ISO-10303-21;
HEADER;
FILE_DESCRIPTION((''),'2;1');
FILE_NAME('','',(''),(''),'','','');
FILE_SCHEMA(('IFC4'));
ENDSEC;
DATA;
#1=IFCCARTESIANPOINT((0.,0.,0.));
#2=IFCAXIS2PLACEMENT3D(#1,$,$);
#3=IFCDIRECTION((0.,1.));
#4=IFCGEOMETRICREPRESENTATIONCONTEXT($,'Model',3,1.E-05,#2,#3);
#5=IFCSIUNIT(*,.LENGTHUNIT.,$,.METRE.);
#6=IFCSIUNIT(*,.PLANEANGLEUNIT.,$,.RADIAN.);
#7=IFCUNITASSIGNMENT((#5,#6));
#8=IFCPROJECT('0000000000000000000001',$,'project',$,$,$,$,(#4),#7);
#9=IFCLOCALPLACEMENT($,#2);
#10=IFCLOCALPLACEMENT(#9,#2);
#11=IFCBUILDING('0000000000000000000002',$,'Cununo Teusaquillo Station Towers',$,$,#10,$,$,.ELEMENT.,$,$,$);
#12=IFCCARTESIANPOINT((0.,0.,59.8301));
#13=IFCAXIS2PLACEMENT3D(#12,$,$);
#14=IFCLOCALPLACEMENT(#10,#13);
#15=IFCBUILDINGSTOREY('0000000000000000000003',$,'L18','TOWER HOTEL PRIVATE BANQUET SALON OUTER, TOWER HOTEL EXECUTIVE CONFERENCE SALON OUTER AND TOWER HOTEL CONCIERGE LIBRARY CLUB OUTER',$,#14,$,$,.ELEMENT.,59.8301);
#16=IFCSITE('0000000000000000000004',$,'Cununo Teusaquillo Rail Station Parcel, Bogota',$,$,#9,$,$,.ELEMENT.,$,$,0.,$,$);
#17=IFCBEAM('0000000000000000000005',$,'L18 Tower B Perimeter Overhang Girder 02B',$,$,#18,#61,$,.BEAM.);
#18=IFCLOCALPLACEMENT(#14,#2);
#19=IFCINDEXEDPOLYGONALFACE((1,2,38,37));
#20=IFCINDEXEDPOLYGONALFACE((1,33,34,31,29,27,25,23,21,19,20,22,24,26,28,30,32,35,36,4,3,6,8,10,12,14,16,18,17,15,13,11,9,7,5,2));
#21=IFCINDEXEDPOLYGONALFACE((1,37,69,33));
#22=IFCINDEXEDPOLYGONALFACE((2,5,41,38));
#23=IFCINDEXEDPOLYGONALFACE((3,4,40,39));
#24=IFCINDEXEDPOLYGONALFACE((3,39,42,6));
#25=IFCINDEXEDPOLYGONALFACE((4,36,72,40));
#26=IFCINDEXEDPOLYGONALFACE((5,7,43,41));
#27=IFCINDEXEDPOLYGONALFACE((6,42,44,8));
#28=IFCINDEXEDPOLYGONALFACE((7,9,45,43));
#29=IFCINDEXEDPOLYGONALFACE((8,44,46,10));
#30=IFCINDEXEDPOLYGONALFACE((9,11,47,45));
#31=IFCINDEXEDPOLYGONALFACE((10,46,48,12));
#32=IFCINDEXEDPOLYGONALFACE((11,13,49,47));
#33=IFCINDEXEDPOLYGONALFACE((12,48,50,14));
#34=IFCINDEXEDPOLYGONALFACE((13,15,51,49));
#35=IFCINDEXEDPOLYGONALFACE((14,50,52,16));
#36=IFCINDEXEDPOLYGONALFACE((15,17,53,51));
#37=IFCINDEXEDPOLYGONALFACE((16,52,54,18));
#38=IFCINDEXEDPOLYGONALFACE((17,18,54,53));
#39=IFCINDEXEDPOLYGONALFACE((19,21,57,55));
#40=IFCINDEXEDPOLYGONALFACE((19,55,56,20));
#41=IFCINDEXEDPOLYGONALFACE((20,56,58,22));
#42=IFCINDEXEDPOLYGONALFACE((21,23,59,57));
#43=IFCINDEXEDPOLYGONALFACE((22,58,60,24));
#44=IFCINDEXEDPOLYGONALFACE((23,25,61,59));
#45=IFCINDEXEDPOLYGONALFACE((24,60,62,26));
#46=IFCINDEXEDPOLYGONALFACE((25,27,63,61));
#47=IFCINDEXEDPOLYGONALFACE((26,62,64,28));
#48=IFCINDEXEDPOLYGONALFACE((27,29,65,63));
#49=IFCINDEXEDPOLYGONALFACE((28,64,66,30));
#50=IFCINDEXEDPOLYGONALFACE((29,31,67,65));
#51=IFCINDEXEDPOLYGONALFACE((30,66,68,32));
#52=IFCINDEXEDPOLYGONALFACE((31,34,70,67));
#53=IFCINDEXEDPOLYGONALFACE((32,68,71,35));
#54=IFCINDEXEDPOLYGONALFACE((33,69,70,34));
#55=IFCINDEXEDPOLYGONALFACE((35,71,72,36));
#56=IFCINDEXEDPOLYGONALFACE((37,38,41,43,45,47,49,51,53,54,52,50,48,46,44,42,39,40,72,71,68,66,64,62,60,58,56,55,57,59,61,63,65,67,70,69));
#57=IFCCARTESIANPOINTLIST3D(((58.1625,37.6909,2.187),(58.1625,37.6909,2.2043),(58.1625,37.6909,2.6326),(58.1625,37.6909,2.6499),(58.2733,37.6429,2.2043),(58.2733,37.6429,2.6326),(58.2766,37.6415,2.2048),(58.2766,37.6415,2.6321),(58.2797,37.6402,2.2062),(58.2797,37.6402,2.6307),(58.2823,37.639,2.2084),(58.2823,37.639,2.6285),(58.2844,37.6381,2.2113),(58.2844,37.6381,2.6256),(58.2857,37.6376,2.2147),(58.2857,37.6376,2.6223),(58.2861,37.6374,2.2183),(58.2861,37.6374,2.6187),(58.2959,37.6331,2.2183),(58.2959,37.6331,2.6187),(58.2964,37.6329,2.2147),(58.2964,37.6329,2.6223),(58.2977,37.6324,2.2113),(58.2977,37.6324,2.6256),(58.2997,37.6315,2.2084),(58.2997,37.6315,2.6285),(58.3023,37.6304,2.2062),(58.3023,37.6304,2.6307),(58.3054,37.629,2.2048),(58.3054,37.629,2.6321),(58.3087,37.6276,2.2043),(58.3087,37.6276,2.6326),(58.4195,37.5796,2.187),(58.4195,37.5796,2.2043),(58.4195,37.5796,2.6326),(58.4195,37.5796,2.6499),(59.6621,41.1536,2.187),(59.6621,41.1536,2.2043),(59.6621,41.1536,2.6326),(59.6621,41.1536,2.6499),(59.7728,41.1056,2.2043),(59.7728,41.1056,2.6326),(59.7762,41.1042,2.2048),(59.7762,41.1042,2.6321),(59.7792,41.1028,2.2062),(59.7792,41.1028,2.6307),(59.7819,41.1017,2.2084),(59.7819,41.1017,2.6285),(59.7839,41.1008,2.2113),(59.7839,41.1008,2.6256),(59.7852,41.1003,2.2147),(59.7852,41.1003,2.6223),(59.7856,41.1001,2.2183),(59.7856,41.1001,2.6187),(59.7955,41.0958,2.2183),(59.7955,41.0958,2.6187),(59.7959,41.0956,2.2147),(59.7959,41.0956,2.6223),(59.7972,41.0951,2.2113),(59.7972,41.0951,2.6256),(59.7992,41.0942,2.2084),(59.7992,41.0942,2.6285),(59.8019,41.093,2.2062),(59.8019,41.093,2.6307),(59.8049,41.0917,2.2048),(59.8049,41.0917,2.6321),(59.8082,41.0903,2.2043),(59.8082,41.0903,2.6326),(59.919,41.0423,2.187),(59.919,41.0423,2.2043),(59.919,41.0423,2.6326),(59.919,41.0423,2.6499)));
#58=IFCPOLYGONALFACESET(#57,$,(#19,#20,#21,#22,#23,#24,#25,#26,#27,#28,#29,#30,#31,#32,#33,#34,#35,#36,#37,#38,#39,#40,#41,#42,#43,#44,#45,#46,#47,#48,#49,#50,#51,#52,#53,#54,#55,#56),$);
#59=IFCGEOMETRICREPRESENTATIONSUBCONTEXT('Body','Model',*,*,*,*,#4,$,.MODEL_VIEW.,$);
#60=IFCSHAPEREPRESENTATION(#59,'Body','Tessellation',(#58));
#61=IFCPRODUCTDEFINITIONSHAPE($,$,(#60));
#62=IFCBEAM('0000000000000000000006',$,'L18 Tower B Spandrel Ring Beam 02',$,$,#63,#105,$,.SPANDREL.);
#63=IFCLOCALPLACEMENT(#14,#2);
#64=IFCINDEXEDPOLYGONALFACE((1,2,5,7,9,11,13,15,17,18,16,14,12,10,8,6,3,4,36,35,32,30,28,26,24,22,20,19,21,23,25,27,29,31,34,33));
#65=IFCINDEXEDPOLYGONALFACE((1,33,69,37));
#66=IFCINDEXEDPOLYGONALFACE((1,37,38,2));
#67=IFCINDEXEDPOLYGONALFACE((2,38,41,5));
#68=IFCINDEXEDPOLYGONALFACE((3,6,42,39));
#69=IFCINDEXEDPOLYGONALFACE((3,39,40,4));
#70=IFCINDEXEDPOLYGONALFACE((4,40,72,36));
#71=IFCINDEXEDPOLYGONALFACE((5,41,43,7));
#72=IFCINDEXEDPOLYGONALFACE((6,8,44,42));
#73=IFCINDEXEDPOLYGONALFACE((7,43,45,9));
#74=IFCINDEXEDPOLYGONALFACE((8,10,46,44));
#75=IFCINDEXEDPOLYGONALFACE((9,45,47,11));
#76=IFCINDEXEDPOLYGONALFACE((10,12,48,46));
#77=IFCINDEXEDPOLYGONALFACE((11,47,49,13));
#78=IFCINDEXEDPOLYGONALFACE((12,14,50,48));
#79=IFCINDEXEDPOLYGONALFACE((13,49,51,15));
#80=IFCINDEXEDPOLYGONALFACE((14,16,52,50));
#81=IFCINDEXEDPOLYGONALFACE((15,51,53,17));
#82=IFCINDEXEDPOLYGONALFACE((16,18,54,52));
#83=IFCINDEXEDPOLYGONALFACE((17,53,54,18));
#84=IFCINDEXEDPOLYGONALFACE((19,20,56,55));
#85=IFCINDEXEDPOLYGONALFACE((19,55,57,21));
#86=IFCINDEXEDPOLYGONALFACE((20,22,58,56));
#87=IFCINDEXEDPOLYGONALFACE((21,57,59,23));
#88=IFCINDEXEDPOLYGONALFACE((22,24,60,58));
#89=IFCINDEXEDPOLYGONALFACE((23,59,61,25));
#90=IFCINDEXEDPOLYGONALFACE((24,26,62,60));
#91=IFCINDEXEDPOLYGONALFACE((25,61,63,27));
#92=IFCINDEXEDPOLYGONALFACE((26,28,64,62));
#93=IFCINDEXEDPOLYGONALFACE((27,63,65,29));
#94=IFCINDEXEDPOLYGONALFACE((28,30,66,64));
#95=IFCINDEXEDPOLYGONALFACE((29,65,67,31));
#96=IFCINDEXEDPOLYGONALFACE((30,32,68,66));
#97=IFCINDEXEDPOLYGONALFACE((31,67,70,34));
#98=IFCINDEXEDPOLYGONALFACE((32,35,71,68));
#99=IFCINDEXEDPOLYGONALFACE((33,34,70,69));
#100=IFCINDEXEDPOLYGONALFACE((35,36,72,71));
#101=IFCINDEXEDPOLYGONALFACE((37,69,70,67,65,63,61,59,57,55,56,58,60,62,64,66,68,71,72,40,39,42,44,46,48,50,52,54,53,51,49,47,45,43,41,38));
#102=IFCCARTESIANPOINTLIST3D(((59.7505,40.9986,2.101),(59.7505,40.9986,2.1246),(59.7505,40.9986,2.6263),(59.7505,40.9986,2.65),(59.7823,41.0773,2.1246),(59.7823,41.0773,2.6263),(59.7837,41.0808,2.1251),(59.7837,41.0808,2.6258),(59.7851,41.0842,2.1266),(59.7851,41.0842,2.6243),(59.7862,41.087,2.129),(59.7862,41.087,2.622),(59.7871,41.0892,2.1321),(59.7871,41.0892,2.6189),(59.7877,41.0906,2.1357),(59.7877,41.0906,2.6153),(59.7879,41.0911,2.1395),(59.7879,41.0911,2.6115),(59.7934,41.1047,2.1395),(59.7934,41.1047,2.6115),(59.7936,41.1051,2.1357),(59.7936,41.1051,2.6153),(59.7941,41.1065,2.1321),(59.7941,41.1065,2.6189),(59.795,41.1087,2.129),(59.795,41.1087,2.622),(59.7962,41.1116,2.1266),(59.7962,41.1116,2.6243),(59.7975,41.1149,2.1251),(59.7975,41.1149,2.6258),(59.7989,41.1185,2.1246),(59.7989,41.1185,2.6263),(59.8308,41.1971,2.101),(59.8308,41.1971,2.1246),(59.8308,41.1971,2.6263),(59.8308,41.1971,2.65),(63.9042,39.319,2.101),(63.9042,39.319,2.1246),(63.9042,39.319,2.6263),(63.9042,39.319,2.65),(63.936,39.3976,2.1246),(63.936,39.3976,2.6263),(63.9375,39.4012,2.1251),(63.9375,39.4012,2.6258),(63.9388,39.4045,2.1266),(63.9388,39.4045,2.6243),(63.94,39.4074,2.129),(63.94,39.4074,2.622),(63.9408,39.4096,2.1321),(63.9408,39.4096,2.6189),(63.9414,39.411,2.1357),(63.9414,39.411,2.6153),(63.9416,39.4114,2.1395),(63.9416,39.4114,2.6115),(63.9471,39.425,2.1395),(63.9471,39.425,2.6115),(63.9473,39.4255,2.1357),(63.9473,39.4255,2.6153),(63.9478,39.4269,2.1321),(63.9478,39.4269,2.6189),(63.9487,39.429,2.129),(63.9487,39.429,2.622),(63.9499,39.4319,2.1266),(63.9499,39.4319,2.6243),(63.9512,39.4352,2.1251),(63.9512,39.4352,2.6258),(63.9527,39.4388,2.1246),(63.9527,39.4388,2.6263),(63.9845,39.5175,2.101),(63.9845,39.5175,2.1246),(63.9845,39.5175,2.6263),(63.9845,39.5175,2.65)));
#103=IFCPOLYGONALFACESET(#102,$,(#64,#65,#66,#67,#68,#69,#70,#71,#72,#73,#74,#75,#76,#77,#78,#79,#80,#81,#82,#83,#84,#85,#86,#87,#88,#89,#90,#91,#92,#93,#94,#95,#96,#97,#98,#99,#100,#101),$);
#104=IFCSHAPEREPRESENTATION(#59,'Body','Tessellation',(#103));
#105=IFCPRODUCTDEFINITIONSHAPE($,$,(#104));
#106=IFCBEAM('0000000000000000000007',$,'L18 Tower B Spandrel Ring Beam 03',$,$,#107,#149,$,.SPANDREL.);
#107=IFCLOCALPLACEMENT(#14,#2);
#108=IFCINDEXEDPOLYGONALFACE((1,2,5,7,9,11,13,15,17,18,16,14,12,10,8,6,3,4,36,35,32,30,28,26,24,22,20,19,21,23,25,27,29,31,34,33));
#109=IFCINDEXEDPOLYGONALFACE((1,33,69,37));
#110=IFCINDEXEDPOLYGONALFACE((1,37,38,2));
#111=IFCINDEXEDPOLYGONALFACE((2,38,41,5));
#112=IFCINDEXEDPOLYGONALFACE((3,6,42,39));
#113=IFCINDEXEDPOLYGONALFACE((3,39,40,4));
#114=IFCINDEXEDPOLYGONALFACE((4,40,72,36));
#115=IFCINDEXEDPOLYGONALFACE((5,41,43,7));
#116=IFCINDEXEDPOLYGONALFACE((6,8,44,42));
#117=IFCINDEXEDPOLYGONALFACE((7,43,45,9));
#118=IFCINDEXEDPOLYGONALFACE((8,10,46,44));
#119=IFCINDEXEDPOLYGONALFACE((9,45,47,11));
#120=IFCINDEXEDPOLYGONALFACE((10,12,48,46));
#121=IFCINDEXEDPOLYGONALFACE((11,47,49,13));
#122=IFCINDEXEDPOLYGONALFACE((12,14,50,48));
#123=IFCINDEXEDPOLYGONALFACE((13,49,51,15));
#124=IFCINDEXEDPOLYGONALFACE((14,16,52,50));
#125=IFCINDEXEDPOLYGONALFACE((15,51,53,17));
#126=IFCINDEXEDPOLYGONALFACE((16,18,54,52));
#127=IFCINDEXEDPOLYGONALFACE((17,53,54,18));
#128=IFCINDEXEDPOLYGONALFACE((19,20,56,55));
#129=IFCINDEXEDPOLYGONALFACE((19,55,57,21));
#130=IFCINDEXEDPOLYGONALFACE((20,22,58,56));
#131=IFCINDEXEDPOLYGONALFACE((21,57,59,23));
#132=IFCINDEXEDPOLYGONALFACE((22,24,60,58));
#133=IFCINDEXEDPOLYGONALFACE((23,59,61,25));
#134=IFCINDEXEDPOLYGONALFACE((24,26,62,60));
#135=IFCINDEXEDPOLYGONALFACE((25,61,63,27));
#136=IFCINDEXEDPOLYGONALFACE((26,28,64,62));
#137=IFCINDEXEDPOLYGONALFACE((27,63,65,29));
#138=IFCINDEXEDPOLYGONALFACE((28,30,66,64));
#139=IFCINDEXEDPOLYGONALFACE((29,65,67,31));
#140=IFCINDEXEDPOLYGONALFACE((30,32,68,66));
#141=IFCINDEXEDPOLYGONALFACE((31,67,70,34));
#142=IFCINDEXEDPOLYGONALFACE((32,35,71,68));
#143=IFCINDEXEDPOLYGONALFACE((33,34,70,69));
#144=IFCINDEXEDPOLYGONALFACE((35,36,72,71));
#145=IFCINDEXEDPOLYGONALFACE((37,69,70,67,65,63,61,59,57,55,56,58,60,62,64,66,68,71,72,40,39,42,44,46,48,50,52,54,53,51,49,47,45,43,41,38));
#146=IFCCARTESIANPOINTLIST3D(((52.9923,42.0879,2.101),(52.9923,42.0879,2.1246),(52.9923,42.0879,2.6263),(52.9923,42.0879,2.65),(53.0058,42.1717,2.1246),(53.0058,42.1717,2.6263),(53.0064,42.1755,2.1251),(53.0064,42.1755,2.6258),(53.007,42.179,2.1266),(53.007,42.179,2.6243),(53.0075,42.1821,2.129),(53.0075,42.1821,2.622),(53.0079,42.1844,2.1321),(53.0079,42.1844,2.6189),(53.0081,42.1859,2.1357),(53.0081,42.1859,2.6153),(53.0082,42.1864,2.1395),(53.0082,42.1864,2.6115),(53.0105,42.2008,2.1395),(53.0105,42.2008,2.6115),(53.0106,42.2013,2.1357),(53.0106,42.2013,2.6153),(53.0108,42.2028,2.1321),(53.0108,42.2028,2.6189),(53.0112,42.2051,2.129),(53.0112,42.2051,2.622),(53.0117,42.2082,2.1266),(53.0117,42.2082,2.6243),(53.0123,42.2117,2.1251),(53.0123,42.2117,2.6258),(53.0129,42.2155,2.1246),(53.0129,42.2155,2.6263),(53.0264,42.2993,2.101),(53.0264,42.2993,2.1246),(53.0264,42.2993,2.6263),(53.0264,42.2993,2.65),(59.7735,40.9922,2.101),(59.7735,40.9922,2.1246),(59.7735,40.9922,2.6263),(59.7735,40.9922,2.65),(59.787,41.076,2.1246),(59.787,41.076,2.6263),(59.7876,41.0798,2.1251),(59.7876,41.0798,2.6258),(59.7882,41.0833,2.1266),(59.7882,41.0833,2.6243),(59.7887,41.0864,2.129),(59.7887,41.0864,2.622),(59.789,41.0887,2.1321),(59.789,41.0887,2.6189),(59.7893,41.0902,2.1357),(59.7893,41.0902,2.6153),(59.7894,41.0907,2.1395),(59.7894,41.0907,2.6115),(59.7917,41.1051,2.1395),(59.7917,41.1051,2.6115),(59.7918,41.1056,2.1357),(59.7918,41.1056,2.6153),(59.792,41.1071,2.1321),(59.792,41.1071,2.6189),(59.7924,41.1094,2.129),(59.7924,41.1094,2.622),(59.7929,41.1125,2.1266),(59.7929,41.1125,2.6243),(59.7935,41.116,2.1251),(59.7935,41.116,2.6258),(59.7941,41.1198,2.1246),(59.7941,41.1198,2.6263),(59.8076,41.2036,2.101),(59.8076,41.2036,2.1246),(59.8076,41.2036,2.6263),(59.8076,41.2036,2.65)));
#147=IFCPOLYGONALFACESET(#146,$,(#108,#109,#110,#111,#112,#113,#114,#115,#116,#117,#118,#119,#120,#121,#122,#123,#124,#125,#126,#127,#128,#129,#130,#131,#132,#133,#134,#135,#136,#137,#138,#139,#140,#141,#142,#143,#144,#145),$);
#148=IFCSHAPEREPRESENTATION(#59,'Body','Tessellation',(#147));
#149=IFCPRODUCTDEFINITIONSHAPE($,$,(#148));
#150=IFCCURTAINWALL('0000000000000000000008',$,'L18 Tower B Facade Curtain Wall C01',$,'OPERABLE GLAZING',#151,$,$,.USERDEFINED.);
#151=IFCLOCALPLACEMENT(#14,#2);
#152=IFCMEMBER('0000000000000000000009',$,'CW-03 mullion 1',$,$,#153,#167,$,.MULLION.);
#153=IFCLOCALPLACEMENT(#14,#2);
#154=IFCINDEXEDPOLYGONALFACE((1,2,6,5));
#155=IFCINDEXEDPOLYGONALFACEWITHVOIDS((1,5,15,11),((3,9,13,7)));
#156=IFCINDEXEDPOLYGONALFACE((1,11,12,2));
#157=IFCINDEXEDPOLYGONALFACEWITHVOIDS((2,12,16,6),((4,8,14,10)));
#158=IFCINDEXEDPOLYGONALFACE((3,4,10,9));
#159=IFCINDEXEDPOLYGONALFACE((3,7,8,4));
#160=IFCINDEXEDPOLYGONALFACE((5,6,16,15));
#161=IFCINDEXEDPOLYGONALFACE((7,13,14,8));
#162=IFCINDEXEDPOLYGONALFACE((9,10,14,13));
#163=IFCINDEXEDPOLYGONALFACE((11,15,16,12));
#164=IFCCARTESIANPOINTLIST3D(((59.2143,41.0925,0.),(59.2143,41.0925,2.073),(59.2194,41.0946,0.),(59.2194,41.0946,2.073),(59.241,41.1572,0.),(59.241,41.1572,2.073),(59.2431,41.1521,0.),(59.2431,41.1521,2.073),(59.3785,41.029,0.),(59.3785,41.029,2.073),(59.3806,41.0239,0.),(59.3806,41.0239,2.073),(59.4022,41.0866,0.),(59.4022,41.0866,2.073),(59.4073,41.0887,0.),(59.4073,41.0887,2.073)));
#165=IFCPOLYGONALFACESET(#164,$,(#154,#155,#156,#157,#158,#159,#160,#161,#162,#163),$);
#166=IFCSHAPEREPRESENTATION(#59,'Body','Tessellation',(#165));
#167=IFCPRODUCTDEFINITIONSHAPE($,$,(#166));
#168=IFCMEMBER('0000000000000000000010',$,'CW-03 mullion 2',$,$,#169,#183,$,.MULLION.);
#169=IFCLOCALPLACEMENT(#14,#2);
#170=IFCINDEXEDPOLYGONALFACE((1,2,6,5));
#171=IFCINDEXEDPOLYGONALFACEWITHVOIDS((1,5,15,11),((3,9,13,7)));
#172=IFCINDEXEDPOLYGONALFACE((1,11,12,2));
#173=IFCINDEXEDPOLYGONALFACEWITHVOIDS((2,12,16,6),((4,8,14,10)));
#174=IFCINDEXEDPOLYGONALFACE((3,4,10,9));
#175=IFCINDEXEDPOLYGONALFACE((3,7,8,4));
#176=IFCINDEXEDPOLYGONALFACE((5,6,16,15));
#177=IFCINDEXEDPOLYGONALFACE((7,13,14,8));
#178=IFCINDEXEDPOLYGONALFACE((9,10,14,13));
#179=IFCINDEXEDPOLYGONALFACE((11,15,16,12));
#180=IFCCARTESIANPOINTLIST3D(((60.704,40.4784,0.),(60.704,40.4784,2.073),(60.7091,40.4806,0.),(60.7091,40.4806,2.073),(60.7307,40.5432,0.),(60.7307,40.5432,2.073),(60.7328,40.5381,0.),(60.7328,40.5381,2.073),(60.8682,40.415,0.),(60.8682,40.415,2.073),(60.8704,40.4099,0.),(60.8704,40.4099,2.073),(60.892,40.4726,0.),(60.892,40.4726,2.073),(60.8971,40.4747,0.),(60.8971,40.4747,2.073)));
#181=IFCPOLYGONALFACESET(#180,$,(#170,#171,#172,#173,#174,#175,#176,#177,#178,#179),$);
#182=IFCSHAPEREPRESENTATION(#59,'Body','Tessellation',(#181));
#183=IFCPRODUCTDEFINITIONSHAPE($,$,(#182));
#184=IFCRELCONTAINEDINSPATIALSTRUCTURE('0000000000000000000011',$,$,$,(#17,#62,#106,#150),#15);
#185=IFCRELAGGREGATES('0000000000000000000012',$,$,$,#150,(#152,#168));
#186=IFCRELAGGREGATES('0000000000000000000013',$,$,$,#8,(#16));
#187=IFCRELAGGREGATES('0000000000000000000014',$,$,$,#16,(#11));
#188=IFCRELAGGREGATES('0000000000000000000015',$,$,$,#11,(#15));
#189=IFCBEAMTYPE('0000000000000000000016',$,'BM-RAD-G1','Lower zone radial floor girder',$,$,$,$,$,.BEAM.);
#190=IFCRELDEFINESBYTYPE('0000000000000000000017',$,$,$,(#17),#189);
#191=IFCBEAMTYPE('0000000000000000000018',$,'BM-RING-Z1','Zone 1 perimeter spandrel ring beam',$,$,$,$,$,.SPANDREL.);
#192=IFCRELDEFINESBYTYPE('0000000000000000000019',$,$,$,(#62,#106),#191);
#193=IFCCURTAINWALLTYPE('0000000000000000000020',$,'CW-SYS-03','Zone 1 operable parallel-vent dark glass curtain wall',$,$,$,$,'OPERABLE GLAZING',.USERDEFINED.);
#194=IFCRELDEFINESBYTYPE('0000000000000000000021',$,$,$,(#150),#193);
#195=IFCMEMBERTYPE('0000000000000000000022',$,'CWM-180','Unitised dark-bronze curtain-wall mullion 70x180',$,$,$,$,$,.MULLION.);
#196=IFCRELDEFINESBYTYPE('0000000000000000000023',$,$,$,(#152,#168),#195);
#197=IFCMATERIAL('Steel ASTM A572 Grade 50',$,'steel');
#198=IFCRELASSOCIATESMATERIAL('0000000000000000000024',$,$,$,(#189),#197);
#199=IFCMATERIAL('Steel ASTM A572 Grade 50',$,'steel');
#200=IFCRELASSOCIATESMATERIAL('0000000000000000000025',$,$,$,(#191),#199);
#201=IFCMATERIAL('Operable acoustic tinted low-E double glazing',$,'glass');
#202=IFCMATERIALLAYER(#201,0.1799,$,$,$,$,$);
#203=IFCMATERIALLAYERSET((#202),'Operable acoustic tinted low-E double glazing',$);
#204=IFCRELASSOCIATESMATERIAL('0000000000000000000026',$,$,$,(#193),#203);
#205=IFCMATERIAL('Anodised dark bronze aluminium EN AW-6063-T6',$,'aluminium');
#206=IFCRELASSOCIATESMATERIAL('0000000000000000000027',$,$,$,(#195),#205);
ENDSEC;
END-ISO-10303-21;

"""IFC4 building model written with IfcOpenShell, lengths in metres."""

from ifc_helpers import new_model, si_unit, direction, frame, origin, origin_2d, place, context, subcontext, project, spatial, hollow_rectangle, i_section, extrude, material, layer, layer_set, material_profile, profile_set, type_object, element, aggregate, save


model = new_model("IFC4")

# Units and contexts
model_context = context("Model", 3, precision=1e-05, world=origin(), true_north=direction((0.0, 1.0)))
body_context = subcontext(model_context, "Body", "Model", "MODEL_VIEW")
ifc_project = project(units=[si_unit("LENGTHUNIT", "METRE"), si_unit("PLANEANGLEUNIT", "RADIAN")], contexts=[model_context])

# Site, building, storey
site_placement = place(None, origin())
site = spatial("IfcSite", under=ifc_project, at=site_placement, Name="Cununo Teusaquillo Rail Station Parcel, Bogota", CompositionType="ELEMENT", RefElevation=0.0)
building_placement = place(site_placement, origin())
building = spatial("IfcBuilding", under=site, at=building_placement, Name="Cununo Teusaquillo Station Towers", CompositionType="ELEMENT")
storey_placement = place(building_placement, frame((0.0, 0.0, 59.8301)))
storey = spatial("IfcBuildingStorey", under=building, at=storey_placement, Name="L18", Description="TOWER HOTEL PRIVATE BANQUET SALON OUTER, TOWER HOTEL EXECUTIVE CONFERENCE SALON OUTER AND TOWER HOTEL CONCIERGE LIBRARY CLUB OUTER", CompositionType="ELEMENT", Elevation=59.8301)

# Beams
ifc_material_1 = material(Name="Steel ASTM A572 Grade 50", Category="steel")
ifc_material_profile_1 = material_profile(ifc_material_1, i_section(OverallWidth=0.28, OverallDepth=0.4629, WebThickness=0.0107, FlangeThickness=0.0173, FilletRadius=0.0139, at=origin_2d()), Name="W18X76")
ifc_profile_set_1 = profile_set([ifc_material_profile_1], Name="Steel ASTM A572 Grade 50")
beam_type_1 = type_object("IfcBeamType", Name="BM-RAD-G1", Description="Lower zone radial floor girder", PredefinedType="BEAM", material=ifc_profile_set_1)
beam_1_placement = place(storey_placement, frame((58.291, 37.6353, 2.4185), z_axis=(0.397391, 0.917649, 0.0), x_axis=(-0.917649, 0.397391, 0.0)))
element("IfcBeam", 1, at=beam_1_placement, inside=storey, type_object=beam_type_1, Name="L18 Tower B Perimeter Overhang Girder 02B", PredefinedType="BEAM", context=body_context, shape_type="SweptSolid", body=[
    extrude(i_section(OverallWidth=0.28, OverallDepth=0.4629, WebThickness=0.0107, FlangeThickness=0.0173, FilletRadius=0.0139, at=origin_2d()), origin(), (0.0, 0.0, 1.0), 3.7734),
])
ifc_material_2 = material(Name="Steel ASTM A572 Grade 50", Category="steel")
ifc_material_profile_2 = material_profile(ifc_material_2, i_section(OverallWidth=0.2141, OverallDepth=0.5491, WebThickness=0.0146, FlangeThickness=0.0237, FilletRadius=0.0149, at=origin_2d()), Name="W21X93")
ifc_profile_set_2 = profile_set([ifc_material_profile_2], Name="Steel ASTM A572 Grade 50")
beam_type_2 = type_object("IfcBeamType", Name="BM-RING-Z1", Description="Zone 1 perimeter spandrel ring beam", PredefinedType="SPANDREL", material=ifc_profile_set_2)
beam_2_placement = place(storey_placement, frame((63.9443, 39.4182, 2.3755), z_axis=(-0.927072, 0.374883, 0.0), x_axis=(-0.374883, -0.927072, 0.0)))
element("IfcBeam", 2, at=beam_2_placement, inside=storey, type_object=beam_type_2, Name="L18 Tower B Spandrel Ring Beam 02", PredefinedType="SPANDREL", context=body_context, shape_type="SweptSolid", body=[
    extrude(i_section(OverallWidth=0.2141, OverallDepth=0.5491, WebThickness=0.0146, FlangeThickness=0.0237, FilletRadius=0.0149, at=origin_2d()), origin(), (0.0, 0.0, 1.0), 4.4805),
])
beam_3_placement = place(storey_placement, frame((59.7905, 41.0979, 2.3755), z_axis=(-0.987196, 0.15951, 0.0), x_axis=(-0.15951, -0.987196, 0.0)))
element("IfcBeam", 3, at=beam_3_placement, inside=storey, type_object=beam_type_2, Name="L18 Tower B Spandrel Ring Beam 03", PredefinedType="SPANDREL", context=body_context, shape_type="SweptSolid", body=[
    extrude(i_section(OverallWidth=0.2141, OverallDepth=0.5491, WebThickness=0.0146, FlangeThickness=0.0237, FilletRadius=0.0149, at=origin_2d()), origin(), (0.0, 0.0, 1.0), 6.8691),
])

# Curtain wall, members
ifc_material_3 = material(Name="Operable acoustic tinted low-E double glazing", Category="glass")
ifc_layer_1 = layer(ifc_material_3, 0.1799)
ifc_layer_set_1 = layer_set([ifc_layer_1], Name="Operable acoustic tinted low-E double glazing")
curtain_wall_type = type_object("IfcCurtainWallType", Name="CW-SYS-03", Description="Zone 1 operable parallel-vent dark glass curtain wall", ElementType="OPERABLE GLAZING", PredefinedType="USERDEFINED", material=ifc_layer_set_1)
curtain_wall_placement = place(storey_placement, origin())
curtain_wall = element("IfcCurtainWall", 4, at=curtain_wall_placement, inside=storey, type_object=curtain_wall_type, Name="L18 Tower B Facade Curtain Wall C01", ObjectType="OPERABLE GLAZING", PredefinedType="USERDEFINED")
ifc_material_4 = material(Name="Anodised dark bronze aluminium EN AW-6063-T6", Category="aluminium")
ifc_material_profile_3 = material_profile(ifc_material_4, hollow_rectangle(XDim=0.0701, YDim=0.1799, WallThickness=0.0039, at=origin_2d()), Name="CW-MULL-70x180")
ifc_profile_set_3 = profile_set([ifc_material_profile_3], Name="Anodised dark bronze aluminium EN AW-6063-T6")
member_type_1 = type_object("IfcMemberType", Name="CWM-180", Description="Unitised dark-bronze curtain-wall mullion 70x180", PredefinedType="MULLION", material=ifc_profile_set_3)
member_1_placement = place(storey_placement, frame((59.3108, 41.0906, 0.0), z_axis=(0.0, 0.0, 1.0), x_axis=(0.381006, 0.924572, 0.0)))
member_1 = element("IfcMember", 5, at=member_1_placement, type_object=member_type_1, Name="CW-03 mullion 1", PredefinedType="MULLION", context=body_context, shape_type="SweptSolid", body=[
    extrude(hollow_rectangle(XDim=0.0701, YDim=0.1799, WallThickness=0.0039, at=origin_2d()), origin(), (0.0, 0.0, 1.0), 2.073),
])
member_2_placement = place(storey_placement, frame((60.8005, 40.4766, 0.0), z_axis=(0.0, 0.0, 1.0), x_axis=(0.381006, 0.924572, 0.0)))
member_2 = element("IfcMember", 6, at=member_2_placement, type_object=member_type_1, Name="CW-03 mullion 2", PredefinedType="MULLION", context=body_context, shape_type="SweptSolid", body=[
    extrude(hollow_rectangle(XDim=0.0701, YDim=0.1799, WallThickness=0.0039, at=origin_2d()), origin(), (0.0, 0.0, 1.0), 2.073),
])

aggregate(curtain_wall, [member_1, member_2])

save(model, "model.ifc")
